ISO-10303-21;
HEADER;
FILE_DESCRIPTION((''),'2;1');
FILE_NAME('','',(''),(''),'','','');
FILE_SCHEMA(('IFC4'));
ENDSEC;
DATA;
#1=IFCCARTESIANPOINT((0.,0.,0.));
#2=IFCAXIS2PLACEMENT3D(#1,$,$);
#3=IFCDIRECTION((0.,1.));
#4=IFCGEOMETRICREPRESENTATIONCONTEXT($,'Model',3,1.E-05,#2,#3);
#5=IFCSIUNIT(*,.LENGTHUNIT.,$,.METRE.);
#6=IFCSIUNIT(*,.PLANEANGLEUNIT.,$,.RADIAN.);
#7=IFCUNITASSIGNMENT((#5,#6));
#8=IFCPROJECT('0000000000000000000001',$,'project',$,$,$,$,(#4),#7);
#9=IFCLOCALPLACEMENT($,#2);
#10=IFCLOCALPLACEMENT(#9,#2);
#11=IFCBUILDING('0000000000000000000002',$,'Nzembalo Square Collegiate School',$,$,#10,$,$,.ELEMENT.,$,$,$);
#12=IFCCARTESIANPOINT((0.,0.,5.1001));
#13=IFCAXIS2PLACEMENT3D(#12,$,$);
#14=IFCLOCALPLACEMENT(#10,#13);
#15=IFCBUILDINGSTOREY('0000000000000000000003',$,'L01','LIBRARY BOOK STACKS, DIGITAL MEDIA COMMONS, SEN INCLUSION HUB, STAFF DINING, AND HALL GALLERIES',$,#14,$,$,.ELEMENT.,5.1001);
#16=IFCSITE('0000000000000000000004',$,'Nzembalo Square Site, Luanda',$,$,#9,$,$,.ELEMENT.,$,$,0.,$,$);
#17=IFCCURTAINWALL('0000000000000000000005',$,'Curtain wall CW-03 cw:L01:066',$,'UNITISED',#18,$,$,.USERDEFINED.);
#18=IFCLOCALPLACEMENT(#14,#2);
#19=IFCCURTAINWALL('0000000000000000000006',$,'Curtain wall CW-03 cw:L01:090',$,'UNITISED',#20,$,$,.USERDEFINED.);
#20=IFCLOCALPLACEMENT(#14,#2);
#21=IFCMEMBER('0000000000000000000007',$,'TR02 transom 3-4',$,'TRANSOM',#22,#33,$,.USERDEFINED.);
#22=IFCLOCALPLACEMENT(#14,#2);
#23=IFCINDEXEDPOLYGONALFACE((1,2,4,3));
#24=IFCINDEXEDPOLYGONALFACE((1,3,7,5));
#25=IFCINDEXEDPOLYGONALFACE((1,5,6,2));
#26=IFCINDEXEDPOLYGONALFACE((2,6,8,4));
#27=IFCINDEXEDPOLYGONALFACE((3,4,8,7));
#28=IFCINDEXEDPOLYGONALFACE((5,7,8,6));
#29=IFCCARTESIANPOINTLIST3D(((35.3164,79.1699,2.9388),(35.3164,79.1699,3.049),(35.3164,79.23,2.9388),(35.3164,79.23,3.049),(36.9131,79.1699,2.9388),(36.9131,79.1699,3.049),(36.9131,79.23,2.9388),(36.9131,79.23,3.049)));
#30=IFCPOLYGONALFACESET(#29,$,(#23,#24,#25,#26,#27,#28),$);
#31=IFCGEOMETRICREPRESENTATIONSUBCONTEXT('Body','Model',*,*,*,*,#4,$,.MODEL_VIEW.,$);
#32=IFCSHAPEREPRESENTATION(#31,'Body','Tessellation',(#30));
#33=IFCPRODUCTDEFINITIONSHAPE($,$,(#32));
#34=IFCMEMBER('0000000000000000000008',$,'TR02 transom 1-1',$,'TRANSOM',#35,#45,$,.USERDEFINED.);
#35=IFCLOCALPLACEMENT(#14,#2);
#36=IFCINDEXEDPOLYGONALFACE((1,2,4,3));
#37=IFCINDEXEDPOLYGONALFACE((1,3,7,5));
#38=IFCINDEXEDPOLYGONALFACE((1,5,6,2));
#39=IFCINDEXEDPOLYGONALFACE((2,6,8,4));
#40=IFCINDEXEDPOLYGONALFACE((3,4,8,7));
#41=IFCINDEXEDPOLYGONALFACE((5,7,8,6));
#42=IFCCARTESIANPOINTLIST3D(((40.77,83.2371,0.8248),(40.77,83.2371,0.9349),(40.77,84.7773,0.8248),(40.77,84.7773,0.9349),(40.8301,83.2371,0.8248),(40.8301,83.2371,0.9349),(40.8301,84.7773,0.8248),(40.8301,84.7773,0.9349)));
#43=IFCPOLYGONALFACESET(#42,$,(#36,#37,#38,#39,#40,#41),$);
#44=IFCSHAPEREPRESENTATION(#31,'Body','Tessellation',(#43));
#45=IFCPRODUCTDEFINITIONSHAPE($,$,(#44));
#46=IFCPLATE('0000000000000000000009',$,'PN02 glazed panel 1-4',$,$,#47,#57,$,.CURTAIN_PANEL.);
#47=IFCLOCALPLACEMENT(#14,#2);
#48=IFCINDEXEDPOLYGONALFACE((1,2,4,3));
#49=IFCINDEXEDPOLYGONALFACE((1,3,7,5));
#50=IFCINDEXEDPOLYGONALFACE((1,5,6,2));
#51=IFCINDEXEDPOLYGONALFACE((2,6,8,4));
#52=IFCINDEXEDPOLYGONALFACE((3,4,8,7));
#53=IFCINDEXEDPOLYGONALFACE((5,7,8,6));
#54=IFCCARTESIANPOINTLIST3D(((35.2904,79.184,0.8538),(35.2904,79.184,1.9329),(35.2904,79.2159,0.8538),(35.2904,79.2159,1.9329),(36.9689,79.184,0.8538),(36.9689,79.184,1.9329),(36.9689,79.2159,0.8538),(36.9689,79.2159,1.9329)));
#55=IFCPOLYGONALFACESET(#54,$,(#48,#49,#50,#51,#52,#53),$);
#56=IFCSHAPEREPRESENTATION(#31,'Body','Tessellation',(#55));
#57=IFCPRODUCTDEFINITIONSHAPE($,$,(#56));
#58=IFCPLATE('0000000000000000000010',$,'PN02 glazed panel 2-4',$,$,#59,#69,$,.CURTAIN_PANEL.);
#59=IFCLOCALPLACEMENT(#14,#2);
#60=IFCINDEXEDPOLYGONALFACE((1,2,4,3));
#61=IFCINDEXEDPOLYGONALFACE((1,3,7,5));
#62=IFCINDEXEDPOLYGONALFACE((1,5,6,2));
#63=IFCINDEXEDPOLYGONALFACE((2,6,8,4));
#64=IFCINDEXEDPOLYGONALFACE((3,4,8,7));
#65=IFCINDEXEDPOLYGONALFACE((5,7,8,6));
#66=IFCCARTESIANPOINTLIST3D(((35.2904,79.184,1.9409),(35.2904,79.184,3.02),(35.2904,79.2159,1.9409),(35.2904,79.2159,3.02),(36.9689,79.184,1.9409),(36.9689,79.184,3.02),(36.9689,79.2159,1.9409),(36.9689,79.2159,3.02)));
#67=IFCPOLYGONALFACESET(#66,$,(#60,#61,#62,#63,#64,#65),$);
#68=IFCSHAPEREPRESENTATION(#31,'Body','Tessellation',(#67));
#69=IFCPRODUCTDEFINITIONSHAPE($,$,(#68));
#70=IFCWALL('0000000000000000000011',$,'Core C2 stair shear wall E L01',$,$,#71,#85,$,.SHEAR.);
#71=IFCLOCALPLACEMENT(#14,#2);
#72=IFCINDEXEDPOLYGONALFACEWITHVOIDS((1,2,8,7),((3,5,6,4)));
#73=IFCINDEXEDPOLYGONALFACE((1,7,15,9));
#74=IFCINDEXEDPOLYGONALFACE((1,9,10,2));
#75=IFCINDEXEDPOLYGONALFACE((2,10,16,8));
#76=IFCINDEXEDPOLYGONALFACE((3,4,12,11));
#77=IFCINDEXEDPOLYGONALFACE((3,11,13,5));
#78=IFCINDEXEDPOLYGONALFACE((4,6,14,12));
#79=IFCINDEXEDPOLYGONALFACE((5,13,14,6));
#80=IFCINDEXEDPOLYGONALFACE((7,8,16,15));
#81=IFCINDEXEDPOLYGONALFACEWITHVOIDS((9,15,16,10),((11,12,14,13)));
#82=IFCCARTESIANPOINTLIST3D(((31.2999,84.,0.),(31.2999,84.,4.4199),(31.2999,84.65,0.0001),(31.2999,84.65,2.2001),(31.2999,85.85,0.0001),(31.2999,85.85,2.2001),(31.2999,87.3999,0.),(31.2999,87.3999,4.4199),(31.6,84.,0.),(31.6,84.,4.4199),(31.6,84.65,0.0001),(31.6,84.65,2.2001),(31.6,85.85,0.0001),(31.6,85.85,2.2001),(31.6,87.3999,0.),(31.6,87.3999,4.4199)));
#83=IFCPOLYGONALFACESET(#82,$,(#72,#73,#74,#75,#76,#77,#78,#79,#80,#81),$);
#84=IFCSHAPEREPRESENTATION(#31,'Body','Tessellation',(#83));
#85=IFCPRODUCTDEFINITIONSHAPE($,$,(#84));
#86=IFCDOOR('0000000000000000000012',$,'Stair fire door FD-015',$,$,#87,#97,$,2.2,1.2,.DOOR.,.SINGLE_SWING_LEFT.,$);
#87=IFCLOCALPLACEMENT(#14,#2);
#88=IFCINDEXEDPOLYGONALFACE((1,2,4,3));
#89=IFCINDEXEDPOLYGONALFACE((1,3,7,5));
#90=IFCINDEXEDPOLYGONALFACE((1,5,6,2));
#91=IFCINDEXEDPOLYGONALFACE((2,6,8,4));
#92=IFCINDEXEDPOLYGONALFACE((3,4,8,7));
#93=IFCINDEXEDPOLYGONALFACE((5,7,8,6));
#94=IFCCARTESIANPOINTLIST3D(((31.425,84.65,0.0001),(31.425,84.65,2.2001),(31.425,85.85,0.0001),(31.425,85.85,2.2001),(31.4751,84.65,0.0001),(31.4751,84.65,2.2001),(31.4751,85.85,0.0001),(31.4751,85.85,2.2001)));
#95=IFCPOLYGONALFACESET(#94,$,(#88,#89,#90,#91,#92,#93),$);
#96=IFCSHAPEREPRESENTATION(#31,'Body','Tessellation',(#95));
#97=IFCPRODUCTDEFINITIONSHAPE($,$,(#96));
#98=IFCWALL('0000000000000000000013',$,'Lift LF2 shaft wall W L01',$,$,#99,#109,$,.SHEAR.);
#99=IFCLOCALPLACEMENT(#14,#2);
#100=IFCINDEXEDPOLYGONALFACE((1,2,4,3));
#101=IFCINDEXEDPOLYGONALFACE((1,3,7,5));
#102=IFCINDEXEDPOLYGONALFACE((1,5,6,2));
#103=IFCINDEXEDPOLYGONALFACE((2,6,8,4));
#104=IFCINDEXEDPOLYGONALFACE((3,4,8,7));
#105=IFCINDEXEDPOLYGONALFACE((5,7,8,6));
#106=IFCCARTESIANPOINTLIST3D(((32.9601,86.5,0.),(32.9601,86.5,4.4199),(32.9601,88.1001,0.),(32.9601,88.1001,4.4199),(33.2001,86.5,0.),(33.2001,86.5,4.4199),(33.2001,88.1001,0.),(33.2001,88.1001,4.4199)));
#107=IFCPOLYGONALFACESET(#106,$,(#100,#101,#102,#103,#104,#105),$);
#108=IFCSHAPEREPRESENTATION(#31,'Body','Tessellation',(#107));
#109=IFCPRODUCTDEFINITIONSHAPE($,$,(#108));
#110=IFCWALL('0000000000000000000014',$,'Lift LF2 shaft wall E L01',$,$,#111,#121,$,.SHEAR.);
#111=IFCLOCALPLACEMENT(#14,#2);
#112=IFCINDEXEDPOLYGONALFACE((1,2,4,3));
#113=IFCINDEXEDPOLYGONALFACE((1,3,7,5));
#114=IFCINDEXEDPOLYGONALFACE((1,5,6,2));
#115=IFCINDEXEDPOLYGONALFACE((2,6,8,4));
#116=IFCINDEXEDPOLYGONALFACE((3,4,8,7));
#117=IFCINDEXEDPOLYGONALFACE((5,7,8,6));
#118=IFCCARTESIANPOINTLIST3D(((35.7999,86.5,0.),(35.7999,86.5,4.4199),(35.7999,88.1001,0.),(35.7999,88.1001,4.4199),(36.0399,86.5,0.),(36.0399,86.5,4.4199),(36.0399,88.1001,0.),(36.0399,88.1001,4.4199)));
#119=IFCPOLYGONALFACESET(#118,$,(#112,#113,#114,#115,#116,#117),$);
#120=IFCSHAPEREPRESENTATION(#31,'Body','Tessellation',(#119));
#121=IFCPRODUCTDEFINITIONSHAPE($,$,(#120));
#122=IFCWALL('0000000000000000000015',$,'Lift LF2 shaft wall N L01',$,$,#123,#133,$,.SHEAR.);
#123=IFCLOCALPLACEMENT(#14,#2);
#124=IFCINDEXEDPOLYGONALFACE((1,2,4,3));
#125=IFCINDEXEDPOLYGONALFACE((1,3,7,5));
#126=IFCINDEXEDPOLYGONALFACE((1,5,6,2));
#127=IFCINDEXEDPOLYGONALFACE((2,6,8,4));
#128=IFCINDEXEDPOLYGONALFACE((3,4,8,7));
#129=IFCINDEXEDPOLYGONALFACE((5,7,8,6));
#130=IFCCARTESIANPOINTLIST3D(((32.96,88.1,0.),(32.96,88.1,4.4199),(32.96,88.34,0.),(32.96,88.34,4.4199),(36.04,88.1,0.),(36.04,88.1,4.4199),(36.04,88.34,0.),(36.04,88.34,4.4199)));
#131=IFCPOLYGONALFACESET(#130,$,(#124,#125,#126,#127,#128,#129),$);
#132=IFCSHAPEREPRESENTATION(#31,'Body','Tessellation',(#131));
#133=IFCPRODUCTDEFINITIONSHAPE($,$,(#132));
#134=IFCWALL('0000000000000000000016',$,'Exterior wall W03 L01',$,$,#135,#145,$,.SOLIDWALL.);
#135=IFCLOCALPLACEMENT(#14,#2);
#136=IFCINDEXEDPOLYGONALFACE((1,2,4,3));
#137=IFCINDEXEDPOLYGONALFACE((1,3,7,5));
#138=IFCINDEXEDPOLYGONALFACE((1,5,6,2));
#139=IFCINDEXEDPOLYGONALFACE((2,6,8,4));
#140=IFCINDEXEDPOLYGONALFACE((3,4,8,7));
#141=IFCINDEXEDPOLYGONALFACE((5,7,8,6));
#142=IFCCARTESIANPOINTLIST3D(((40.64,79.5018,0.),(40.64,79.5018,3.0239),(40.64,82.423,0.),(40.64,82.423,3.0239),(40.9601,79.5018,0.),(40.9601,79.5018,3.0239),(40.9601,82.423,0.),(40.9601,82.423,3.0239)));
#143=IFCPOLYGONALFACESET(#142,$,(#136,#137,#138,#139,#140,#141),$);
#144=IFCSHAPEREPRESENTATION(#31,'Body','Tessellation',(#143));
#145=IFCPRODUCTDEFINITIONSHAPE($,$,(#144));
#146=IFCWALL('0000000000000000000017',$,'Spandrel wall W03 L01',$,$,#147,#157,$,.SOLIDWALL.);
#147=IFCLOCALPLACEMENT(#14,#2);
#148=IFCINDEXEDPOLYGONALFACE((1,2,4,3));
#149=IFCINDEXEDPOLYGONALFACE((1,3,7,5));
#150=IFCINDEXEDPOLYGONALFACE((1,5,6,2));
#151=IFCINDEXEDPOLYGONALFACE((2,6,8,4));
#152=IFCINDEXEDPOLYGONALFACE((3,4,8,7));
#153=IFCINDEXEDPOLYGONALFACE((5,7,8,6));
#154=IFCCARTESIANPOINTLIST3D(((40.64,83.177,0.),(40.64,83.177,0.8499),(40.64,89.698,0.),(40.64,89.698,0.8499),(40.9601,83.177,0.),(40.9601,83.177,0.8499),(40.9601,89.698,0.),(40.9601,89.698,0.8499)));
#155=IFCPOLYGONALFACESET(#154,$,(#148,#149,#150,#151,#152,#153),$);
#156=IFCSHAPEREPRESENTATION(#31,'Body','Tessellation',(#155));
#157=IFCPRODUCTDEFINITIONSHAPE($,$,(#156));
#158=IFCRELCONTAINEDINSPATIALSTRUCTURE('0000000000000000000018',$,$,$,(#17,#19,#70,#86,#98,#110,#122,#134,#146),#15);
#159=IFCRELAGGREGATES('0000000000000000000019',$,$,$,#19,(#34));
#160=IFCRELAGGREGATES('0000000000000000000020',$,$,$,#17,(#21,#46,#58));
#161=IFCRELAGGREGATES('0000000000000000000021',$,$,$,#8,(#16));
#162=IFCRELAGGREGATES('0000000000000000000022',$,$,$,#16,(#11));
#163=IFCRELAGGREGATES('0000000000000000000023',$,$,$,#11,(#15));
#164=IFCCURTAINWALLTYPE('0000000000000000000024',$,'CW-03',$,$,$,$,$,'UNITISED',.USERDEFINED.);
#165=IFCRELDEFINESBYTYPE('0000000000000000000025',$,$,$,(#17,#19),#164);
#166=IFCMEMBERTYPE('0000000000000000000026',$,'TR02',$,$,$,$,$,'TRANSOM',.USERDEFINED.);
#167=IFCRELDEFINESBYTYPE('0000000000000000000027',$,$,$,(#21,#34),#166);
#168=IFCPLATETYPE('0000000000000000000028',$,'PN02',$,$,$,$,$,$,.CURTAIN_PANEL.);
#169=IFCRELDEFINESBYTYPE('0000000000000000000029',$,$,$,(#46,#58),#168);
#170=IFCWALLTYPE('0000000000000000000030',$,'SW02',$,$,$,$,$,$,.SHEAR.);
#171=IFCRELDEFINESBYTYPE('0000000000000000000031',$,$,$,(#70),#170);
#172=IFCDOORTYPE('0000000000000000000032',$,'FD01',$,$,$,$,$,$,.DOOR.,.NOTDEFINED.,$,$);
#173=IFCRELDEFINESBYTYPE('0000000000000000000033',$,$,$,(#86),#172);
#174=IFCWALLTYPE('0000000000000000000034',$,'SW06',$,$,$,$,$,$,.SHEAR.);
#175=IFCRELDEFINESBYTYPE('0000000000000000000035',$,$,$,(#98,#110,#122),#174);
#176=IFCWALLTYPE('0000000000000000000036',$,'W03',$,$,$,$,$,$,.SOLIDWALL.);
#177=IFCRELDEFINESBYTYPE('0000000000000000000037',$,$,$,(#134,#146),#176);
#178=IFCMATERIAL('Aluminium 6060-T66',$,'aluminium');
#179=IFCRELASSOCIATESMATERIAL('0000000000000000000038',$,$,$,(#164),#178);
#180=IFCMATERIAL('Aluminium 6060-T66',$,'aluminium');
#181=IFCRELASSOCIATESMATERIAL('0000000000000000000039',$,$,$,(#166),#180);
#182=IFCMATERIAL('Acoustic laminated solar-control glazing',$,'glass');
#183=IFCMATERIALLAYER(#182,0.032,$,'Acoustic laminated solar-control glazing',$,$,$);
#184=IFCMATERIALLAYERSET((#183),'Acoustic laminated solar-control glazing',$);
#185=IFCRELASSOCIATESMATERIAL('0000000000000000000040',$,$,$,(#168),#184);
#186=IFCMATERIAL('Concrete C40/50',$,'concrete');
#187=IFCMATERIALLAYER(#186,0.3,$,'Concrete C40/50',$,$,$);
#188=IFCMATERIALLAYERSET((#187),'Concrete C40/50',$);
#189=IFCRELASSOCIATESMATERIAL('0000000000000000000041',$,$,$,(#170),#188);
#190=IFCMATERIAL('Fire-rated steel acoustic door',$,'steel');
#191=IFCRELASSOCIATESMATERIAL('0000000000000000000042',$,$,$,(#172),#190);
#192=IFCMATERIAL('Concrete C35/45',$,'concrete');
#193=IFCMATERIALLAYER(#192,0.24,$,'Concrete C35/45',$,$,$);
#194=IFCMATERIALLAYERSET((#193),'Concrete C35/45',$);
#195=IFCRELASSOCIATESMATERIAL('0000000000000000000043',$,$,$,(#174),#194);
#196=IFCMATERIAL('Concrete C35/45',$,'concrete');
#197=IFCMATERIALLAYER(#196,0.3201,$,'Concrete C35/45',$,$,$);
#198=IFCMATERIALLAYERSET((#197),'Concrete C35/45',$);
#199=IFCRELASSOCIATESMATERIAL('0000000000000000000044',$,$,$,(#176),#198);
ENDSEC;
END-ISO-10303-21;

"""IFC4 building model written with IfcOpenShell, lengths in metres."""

from ifc_helpers import new_model, si_unit, direction, frame, frame_2d, origin, origin_2d, place, context, subcontext, project, spatial, rectangle, extrude, material, layer, layer_set, material_profile, profile_set, type_object, element, fill, aggregate, save


model = new_model("IFC4")

# Units and contexts
model_context = context("Model", 3, precision=1e-05, world=origin(), true_north=direction((0.0, 1.0)))
body_context = subcontext(model_context, "Body", "Model", "MODEL_VIEW")
ifc_project = project(units=[si_unit("LENGTHUNIT", "METRE"), si_unit("PLANEANGLEUNIT", "RADIAN")], contexts=[model_context])

# Site, building, storey
site_placement = place(None, origin())
site = spatial("IfcSite", under=ifc_project, at=site_placement, Name="Nzembalo Square Site, Luanda", CompositionType="ELEMENT", RefElevation=0.0)
building_placement = place(site_placement, origin())
building = spatial("IfcBuilding", under=site, at=building_placement, Name="Nzembalo Square Collegiate School", CompositionType="ELEMENT")
storey_placement = place(building_placement, frame((0.0, 0.0, 5.1001)))
storey = spatial("IfcBuildingStorey", under=building, at=storey_placement, Name="L01", Description="LIBRARY BOOK STACKS, DIGITAL MEDIA COMMONS, SEN INCLUSION HUB, STAFF DINING, AND HALL GALLERIES", CompositionType="ELEMENT", Elevation=5.1001)

# Curtain walls
ifc_material_1 = material(Name="Aluminium 6060-T66", Category="aluminium")
curtain_wall_type = type_object("IfcCurtainWallType", Name="CW-03", ElementType="UNITISED", PredefinedType="USERDEFINED", material=ifc_material_1)
curtain_wall_1_placement = place(storey_placement, origin())
curtain_wall_1 = element("IfcCurtainWall", 1, at=curtain_wall_1_placement, inside=storey, type_object=curtain_wall_type, Name="Curtain wall CW-03 cw:L01:066", ObjectType="UNITISED", PredefinedType="USERDEFINED")
curtain_wall_2_placement = place(storey_placement, origin())
curtain_wall_2 = element("IfcCurtainWall", 2, at=curtain_wall_2_placement, inside=storey, type_object=curtain_wall_type, Name="Curtain wall CW-03 cw:L01:090", ObjectType="UNITISED", PredefinedType="USERDEFINED")

# Members
ifc_material_2 = material(Name="Aluminium 6060-T66", Category="aluminium")
ifc_material_profile_1 = material_profile(ifc_material_2, rectangle(XDim=0.0601, YDim=0.1101, at=origin_2d()), Name="ALU T60x110")
ifc_profile_set_1 = profile_set([ifc_material_profile_1], Name="Aluminium 6060-T66")
member_type_1 = type_object("IfcMemberType", Name="TR02", ElementType="TRANSOM", PredefinedType="USERDEFINED", material=ifc_profile_set_1)
member_1_placement = place(storey_placement, frame((35.3164, 79.2, 2.9939), z_axis=(1.0, 0.0, 0.0), x_axis=(0.0, 1.0, 0.0)))
member_1 = element("IfcMember", 3, at=member_1_placement, type_object=member_type_1, Name="TR02 transom 3-4", ObjectType="TRANSOM", PredefinedType="USERDEFINED", context=body_context, shape_type="SweptSolid", body=[
    extrude(rectangle(XDim=0.0601, YDim=0.1101, at=origin_2d()), origin(), (0.0, 0.0, 1.0), 1.5967),
])
member_2_placement = place(storey_placement, frame((40.8, 83.2371, 0.8799), z_axis=(0.0, 1.0, 0.0), x_axis=(-1.0, 0.0, 0.0)))
member_2 = element("IfcMember", 4, at=member_2_placement, type_object=member_type_1, Name="TR02 transom 1-1", ObjectType="TRANSOM", PredefinedType="USERDEFINED", context=body_context, shape_type="SweptSolid", body=[
    extrude(rectangle(XDim=0.0601, YDim=0.1101, at=origin_2d()), origin(), (0.0, 0.0, 1.0), 1.5403),
])
aggregate(curtain_wall_2, [member_2])

# Plates
ifc_material_3 = material(Name="Acoustic laminated solar-control glazing", Category="glass")
ifc_layer_1 = layer(ifc_material_3, 0.032, Name="Acoustic laminated solar-control glazing")
ifc_layer_set_1 = layer_set([ifc_layer_1], Name="Acoustic laminated solar-control glazing")
plate_type = type_object("IfcPlateType", Name="PN02", PredefinedType="CURTAIN_PANEL", material=ifc_layer_set_1)
plate_1_placement = place(storey_placement, frame((36.1296, 79.2, 0.8538), z_axis=(0.0, 0.0, 1.0), x_axis=(1.0, 0.0, 0.0)))
plate_1 = element("IfcPlate", 5, at=plate_1_placement, type_object=plate_type, Name="PN02 glazed panel 1-4", PredefinedType="CURTAIN_PANEL", context=body_context, shape_type="SweptSolid", body=[
    extrude(rectangle(XDim=1.6785, YDim=0.032, at=origin_2d()), origin(), (0.0, 0.0, 1.0), 1.0791),
])
plate_2_placement = place(storey_placement, frame((36.1296, 79.2, 1.9409), z_axis=(0.0, 0.0, 1.0), x_axis=(1.0, 0.0, 0.0)))
plate_2 = element("IfcPlate", 6, at=plate_2_placement, type_object=plate_type, Name="PN02 glazed panel 2-4", PredefinedType="CURTAIN_PANEL", context=body_context, shape_type="SweptSolid", body=[
    extrude(rectangle(XDim=1.6785, YDim=0.032, at=origin_2d()), origin(), (0.0, 0.0, 1.0), 1.0791),
])
aggregate(curtain_wall_1, [member_1, plate_1, plate_2])

# Wall, opening, door
ifc_material_4 = material(Name="Concrete C40/50", Category="concrete")
ifc_layer_2 = layer(ifc_material_4, 0.3, Name="Concrete C40/50")
ifc_layer_set_2 = layer_set([ifc_layer_2], Name="Concrete C40/50")
wall_type_1 = type_object("IfcWallType", Name="SW02", PredefinedType="SHEAR", material=ifc_layer_set_2)
wall_1_placement = place(storey_placement, frame((31.45, 84.0, 0.0), z_axis=(0.0, 0.0, 1.0), x_axis=(0.0, 1.0, 0.0)))
wall_1 = element("IfcWall", 7, at=wall_1_placement, inside=storey, type_object=wall_type_1, Name="Core C2 stair shear wall E L01", PredefinedType="SHEAR", context=body_context, shape_type="SweptSolid", body=[
    extrude(rectangle(XDim=3.3999, YDim=0.3, at=frame_2d((1.7, 0.0))), origin(), (0.0, 0.0, 1.0), 4.4199),
])
opening_1_placement = place(wall_1_placement, frame((0.6499, 0.0, 0.0)))
opening_1 = element("IfcOpeningElement", 8, at=opening_1_placement, cuts=wall_1, PredefinedType="OPENING", context=body_context, shape_type="SweptSolid", body=[
    extrude(rectangle(XDim=1.2, YDim=2.2, at=frame_2d((0.6001, 1.1001))), frame((0.0, 0.1602, 0.0), z_axis=(0.0, -1.0, 0.0), x_axis=(1.0, 0.0, 0.0)), (0.0, 0.0, 1.0), 0.3201),
])
ifc_material_5 = material(Name="Fire-rated steel acoustic door", Category="steel")
door_type_1 = type_object("IfcDoorType", Name="FD01", OperationType="NOTDEFINED", PredefinedType="DOOR", material=ifc_material_5)
door_1_placement = place(opening_1_placement, origin())
door_1 = element("IfcDoor", 9, at=door_1_placement, inside=storey, type_object=door_type_1, Name="Stair fire door FD-015", OperationType="SINGLE_SWING_LEFT", OverallHeight=2.2, OverallWidth=1.2, PredefinedType="DOOR", context=body_context, shape_type="SweptSolid", body=[
    extrude(rectangle(XDim=1.2, YDim=2.2, at=frame_2d((0.6001, 1.1001))), frame((0.0, 0.0249, 0.0), z_axis=(0.0, -1.0, 0.0), x_axis=(1.0, 0.0, 0.0)), (0.0, 0.0, 1.0), 0.05),
])
fill(opening_1, door_1)

# Walls
ifc_material_6 = material(Name="Concrete C35/45", Category="concrete")
ifc_layer_3 = layer(ifc_material_6, 0.24, Name="Concrete C35/45")
ifc_layer_set_3 = layer_set([ifc_layer_3], Name="Concrete C35/45")
wall_type_2 = type_object("IfcWallType", Name="SW06", PredefinedType="SHEAR", material=ifc_layer_set_3)
for number, where, z_axis, x_axis, name in (
    (10, (33.0801, 86.5, 0.0), (0.0, 0.0, 1.0), (0.0, 1.0, 0.0), "Lift LF2 shaft wall W L01"),
    (11, (35.9199, 86.5, 0.0), (0.0, 0.0, 1.0), (0.0, 1.0, 0.0), "Lift LF2 shaft wall E L01"),
):
    element("IfcWall", number, at=place(storey_placement, frame(where, z_axis=z_axis, x_axis=x_axis)), inside=storey, type_object=wall_type_2, Name=name, PredefinedType="SHEAR", context=body_context, shape_type="SweptSolid", body=[
        extrude(rectangle(XDim=1.6001, YDim=0.24, at=frame_2d((0.8, 0.0))), origin(), (0.0, 0.0, 1.0), 4.4199),
    ])
wall_2_placement = place(storey_placement, frame((32.96, 88.22, 0.0), z_axis=(0.0, 0.0, 1.0), x_axis=(1.0, 0.0, 0.0)))
element("IfcWall", 12, at=wall_2_placement, inside=storey, type_object=wall_type_2, Name="Lift LF2 shaft wall N L01", PredefinedType="SHEAR", context=body_context, shape_type="SweptSolid", body=[
    extrude(rectangle(XDim=3.0801, YDim=0.24, at=frame_2d((1.54, 0.0))), origin(), (0.0, 0.0, 1.0), 4.4199),
])

# Walls
ifc_material_7 = material(Name="Concrete C35/45", Category="concrete")
ifc_layer_4 = layer(ifc_material_7, 0.3201, Name="Concrete C35/45")
ifc_layer_set_4 = layer_set([ifc_layer_4], Name="Concrete C35/45")
wall_type_3 = type_object("IfcWallType", Name="W03", PredefinedType="SOLIDWALL", material=ifc_layer_set_4)
wall_3_placement = place(storey_placement, frame((40.8, 79.502, 0.0), z_axis=(0.0, 0.0, 1.0), x_axis=(0.0, 1.0, 0.0)))
element("IfcWall", 13, at=wall_3_placement, inside=storey, type_object=wall_type_3, Name="Exterior wall W03 L01", PredefinedType="SOLIDWALL", context=body_context, shape_type="SweptSolid", body=[
    extrude(rectangle(XDim=2.9211, YDim=0.3201, at=frame_2d((1.4604, 0.0))), origin(), (0.0, 0.0, 1.0), 3.0239),
])
wall_4_placement = place(storey_placement, frame((40.8, 83.177, 0.0), z_axis=(0.0, 0.0, 1.0), x_axis=(0.0, 1.0, 0.0)))
element("IfcWall", 14, at=wall_4_placement, inside=storey, type_object=wall_type_3, Name="Spandrel wall W03 L01", PredefinedType="SOLIDWALL", context=body_context, shape_type="SweptSolid", body=[
    extrude(rectangle(XDim=6.521, YDim=0.3201, at=frame_2d((3.2605, 0.0))), origin(), (0.0, 0.0, 1.0), 0.8499),
])

save(model, "model.ifc")
